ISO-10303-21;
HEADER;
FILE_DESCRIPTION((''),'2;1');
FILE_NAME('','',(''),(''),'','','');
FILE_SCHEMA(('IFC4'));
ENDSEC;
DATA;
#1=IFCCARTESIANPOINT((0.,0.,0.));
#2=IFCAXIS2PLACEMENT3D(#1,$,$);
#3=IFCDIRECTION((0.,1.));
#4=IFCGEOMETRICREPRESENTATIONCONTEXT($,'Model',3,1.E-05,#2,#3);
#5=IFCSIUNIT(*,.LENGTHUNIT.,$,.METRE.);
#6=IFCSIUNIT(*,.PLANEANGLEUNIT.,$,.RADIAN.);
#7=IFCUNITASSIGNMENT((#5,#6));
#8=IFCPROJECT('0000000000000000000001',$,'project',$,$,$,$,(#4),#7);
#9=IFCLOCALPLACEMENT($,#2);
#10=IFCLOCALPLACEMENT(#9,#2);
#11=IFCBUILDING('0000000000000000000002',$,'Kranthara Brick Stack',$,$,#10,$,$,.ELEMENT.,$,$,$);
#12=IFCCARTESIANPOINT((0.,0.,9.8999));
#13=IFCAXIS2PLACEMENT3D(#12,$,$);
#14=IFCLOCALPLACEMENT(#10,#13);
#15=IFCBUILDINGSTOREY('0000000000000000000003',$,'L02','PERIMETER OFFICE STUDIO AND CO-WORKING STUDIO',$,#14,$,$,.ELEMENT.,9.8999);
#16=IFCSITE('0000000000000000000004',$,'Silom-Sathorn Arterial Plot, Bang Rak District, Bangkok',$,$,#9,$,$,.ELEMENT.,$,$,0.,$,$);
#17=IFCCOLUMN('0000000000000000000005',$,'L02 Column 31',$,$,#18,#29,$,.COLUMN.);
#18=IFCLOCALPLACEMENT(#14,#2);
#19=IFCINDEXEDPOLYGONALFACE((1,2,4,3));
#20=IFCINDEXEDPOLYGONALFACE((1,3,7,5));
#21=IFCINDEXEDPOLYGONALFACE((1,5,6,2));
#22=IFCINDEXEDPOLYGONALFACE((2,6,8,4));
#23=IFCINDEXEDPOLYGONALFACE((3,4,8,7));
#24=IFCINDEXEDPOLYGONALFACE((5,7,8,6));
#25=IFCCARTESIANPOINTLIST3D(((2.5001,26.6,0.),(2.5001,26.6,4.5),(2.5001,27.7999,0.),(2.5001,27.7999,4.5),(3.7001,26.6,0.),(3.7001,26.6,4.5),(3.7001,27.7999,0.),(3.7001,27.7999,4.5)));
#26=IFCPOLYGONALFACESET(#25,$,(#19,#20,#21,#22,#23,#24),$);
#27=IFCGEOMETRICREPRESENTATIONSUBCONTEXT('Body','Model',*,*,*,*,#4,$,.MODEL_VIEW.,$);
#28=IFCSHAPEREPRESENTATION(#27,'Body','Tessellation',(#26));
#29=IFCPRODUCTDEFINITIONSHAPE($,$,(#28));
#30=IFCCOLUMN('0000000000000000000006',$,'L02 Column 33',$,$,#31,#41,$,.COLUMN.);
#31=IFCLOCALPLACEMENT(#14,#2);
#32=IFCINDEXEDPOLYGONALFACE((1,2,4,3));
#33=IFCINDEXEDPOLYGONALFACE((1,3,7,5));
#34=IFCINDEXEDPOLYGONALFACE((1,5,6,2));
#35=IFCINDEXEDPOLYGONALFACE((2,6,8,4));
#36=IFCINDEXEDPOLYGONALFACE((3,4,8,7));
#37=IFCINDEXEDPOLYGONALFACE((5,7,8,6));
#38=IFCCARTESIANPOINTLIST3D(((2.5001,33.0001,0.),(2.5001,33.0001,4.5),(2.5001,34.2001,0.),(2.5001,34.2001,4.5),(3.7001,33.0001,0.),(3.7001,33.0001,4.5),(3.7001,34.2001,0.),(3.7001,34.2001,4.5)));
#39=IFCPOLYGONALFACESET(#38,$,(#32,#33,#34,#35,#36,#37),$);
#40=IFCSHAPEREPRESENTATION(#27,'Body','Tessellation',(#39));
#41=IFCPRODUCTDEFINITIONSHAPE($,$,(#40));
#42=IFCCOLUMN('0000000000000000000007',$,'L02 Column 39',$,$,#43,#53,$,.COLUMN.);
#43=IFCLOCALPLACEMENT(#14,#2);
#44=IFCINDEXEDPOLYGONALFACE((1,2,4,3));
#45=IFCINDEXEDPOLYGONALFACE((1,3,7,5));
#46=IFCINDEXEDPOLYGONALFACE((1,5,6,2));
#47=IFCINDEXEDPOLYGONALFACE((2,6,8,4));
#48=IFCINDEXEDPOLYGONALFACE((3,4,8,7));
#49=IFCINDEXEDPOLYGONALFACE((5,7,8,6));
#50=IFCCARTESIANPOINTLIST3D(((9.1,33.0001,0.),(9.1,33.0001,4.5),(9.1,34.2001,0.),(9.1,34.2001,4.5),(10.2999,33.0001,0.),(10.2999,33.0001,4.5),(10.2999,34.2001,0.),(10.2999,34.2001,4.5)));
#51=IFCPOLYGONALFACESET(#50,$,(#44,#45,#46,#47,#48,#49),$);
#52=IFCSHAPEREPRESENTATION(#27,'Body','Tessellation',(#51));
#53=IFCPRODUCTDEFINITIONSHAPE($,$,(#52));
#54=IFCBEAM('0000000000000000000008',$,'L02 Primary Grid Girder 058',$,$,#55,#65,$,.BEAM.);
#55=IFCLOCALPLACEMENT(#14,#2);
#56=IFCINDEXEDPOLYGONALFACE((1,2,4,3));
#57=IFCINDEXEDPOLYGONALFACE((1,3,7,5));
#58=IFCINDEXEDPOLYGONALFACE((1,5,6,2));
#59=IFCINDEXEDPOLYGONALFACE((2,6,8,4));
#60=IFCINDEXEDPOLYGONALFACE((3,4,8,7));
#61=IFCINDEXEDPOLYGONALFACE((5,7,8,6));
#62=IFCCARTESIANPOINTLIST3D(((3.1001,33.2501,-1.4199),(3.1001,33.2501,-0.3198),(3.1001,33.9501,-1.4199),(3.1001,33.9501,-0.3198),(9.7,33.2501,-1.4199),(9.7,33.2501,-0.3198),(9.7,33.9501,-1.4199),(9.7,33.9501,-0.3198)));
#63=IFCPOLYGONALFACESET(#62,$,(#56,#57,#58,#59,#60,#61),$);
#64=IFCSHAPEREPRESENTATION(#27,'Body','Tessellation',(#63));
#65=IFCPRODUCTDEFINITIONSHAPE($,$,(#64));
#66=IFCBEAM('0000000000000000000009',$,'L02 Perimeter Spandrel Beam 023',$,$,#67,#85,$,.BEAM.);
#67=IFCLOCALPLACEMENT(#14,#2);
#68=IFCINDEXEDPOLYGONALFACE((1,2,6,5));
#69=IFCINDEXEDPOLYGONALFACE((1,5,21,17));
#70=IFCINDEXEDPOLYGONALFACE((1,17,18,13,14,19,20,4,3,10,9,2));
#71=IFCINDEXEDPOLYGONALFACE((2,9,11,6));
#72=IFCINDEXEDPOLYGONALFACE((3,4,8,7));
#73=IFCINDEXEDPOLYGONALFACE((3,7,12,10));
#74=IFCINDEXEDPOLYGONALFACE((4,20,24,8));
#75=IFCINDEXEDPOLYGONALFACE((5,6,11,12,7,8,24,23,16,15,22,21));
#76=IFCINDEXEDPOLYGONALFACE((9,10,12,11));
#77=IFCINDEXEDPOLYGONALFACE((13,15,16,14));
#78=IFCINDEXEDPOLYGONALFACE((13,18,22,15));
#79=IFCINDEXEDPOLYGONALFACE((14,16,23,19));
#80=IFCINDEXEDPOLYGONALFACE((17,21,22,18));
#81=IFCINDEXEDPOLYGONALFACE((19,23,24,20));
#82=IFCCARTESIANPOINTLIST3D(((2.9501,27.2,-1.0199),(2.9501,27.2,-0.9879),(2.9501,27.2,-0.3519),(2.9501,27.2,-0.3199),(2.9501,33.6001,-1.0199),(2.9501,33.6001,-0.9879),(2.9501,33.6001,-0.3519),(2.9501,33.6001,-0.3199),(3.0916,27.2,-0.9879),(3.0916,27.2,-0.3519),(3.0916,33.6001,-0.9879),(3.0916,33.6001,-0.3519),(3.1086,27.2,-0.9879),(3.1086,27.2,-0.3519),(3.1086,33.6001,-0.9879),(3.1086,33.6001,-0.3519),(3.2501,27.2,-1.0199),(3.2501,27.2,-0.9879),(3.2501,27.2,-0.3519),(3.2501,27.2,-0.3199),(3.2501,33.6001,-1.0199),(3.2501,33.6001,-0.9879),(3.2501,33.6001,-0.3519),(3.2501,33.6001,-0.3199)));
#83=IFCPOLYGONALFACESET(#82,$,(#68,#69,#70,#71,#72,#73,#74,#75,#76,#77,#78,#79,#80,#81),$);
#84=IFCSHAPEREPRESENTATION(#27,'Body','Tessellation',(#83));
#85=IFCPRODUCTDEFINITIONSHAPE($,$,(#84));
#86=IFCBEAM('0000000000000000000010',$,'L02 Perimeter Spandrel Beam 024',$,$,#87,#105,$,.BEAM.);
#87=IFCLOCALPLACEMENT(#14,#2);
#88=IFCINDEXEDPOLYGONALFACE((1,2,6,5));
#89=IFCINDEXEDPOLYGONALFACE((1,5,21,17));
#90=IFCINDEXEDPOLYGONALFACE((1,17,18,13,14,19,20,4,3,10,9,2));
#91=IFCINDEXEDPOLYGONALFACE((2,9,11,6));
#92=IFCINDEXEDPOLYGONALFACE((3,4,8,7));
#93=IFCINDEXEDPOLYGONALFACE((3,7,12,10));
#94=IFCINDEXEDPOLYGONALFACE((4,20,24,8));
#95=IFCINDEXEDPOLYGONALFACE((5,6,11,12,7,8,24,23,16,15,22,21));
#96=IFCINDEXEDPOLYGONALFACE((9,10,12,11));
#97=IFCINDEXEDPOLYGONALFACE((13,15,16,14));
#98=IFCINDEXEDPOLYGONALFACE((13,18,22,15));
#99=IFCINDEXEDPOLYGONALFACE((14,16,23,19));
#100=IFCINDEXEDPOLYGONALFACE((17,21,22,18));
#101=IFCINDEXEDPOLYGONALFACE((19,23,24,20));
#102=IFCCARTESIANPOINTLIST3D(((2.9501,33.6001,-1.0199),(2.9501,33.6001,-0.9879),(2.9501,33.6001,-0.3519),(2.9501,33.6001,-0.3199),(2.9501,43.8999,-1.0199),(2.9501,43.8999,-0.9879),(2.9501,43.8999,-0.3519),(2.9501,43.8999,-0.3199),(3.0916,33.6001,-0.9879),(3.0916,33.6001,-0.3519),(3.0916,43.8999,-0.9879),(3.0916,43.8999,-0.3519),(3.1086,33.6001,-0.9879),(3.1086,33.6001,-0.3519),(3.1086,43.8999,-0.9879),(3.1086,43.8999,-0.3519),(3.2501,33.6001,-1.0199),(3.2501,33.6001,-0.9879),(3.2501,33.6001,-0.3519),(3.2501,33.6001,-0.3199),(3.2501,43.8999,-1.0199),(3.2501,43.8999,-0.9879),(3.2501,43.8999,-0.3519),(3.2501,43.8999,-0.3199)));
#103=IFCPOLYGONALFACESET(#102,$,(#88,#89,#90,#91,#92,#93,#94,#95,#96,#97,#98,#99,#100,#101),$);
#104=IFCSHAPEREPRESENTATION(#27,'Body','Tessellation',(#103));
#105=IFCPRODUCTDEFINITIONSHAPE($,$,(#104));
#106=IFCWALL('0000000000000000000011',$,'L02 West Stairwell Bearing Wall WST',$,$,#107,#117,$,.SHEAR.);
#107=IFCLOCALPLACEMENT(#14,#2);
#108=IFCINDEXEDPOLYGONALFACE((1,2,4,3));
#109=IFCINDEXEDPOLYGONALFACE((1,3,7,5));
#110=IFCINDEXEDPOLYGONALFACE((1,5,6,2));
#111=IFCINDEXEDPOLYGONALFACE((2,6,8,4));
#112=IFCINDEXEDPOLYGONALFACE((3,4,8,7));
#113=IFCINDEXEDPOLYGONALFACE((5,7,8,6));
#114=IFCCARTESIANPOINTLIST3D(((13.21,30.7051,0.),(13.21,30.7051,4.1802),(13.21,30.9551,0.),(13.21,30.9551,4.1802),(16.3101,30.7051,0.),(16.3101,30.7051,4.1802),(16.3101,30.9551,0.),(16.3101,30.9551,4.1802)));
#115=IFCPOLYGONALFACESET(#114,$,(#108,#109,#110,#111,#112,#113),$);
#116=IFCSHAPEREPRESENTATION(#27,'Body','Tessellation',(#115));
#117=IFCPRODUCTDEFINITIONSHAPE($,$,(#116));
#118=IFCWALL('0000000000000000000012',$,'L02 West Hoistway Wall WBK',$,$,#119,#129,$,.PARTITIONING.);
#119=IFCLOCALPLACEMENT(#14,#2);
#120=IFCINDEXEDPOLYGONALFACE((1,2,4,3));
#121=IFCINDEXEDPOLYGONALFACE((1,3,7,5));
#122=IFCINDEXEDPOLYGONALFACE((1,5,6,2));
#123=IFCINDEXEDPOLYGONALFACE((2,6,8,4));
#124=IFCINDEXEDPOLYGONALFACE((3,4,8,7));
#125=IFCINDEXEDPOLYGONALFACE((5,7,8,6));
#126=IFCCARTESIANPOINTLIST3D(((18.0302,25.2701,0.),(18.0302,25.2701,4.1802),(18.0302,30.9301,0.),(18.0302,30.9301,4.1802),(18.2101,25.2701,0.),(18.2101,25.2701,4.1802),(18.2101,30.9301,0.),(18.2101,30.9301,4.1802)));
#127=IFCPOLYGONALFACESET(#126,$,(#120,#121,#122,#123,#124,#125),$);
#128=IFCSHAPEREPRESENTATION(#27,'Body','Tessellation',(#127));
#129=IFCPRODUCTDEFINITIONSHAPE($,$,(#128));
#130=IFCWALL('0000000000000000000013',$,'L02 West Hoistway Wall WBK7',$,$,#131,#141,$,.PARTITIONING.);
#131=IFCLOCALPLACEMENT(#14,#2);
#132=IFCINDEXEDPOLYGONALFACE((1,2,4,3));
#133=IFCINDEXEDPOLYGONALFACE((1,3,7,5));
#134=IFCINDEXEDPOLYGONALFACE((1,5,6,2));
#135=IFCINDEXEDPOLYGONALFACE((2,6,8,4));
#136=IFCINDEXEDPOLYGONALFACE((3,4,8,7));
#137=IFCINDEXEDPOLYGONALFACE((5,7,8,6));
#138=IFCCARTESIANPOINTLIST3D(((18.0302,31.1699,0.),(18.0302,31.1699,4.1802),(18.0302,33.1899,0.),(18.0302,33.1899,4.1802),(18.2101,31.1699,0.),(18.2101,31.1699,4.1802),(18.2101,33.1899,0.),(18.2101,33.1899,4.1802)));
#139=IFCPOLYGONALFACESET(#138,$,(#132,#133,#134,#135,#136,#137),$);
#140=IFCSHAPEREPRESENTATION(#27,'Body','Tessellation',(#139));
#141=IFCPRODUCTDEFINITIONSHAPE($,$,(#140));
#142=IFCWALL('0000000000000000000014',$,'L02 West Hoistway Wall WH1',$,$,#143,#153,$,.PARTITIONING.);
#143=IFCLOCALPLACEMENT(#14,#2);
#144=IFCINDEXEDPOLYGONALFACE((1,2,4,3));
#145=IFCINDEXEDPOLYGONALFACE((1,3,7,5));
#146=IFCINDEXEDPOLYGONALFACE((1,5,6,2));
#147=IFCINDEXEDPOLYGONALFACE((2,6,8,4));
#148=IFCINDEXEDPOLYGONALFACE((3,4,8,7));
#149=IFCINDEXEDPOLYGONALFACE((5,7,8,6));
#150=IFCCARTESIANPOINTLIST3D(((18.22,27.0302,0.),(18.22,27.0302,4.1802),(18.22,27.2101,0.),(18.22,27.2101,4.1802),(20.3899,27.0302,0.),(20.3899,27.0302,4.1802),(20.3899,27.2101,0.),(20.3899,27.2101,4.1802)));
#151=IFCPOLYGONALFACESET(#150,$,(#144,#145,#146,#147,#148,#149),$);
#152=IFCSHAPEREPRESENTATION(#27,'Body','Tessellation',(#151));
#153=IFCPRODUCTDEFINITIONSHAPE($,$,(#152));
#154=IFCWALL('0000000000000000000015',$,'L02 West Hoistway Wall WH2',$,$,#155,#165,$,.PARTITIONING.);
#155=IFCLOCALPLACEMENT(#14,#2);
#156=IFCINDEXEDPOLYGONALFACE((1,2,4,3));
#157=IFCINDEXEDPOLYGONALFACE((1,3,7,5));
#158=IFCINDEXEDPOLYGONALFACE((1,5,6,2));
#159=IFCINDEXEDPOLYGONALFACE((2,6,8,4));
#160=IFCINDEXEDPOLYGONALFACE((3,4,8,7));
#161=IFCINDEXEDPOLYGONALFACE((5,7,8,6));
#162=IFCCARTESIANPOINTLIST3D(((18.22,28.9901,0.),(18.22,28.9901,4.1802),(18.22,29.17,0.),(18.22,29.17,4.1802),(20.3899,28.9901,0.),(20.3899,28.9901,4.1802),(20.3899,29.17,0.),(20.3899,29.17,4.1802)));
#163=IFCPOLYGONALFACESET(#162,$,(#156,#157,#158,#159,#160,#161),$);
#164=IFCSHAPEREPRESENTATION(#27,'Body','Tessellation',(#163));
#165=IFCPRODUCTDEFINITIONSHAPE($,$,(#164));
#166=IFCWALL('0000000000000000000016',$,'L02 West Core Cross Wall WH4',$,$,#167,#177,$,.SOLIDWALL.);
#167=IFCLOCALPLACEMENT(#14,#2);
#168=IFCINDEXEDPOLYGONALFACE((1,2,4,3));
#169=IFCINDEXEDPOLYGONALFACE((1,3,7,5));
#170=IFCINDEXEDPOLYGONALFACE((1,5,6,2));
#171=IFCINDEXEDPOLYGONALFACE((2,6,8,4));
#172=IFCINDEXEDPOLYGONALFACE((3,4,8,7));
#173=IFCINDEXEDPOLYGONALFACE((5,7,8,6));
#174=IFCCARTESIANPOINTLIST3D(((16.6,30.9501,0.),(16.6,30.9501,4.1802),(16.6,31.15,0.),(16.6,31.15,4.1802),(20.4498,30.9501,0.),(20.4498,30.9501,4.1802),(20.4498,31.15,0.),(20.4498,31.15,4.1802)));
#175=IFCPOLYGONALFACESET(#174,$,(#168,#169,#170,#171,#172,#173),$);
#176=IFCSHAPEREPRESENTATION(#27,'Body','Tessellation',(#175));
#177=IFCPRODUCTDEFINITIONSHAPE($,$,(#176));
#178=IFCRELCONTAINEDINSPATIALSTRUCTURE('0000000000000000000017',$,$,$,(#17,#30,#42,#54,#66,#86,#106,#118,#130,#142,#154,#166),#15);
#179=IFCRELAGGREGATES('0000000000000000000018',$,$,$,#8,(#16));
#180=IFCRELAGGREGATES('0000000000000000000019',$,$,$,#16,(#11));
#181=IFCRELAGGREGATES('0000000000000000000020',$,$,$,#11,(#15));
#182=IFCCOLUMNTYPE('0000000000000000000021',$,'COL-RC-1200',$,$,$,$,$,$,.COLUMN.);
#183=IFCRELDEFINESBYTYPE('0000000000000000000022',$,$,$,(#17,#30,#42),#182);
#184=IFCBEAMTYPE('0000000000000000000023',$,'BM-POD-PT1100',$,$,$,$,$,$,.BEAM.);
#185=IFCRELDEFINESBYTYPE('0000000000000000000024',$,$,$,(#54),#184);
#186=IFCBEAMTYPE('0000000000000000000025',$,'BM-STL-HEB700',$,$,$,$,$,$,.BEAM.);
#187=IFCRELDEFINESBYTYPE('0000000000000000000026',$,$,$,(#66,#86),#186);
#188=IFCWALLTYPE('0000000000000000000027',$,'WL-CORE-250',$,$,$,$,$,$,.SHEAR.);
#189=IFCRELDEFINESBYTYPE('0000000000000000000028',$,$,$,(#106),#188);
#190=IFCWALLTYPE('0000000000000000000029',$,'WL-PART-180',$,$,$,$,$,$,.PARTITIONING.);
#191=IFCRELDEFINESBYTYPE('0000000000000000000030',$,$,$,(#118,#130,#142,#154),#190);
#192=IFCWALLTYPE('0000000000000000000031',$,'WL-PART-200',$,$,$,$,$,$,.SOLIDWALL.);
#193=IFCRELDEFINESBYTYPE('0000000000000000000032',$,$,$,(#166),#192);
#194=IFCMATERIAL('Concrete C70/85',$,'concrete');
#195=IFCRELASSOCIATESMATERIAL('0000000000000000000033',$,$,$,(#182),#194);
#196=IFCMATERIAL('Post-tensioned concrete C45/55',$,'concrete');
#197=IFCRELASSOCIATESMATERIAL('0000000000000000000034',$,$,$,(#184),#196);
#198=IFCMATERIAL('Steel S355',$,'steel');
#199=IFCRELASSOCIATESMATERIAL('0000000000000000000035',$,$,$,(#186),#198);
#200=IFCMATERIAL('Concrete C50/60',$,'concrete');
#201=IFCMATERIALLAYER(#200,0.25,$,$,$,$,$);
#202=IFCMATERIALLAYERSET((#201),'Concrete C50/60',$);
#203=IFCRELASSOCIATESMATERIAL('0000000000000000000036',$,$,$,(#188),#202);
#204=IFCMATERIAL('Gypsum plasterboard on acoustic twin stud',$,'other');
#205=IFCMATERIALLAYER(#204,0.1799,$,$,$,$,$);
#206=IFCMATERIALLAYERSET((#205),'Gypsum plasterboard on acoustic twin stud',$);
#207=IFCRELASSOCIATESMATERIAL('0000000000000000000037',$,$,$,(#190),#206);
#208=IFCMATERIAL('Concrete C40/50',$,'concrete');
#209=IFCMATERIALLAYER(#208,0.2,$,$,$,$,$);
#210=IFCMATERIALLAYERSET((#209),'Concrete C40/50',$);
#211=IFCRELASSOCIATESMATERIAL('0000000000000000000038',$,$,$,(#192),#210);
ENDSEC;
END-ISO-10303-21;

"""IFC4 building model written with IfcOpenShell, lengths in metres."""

from ifc_helpers import new_model, si_unit, direction, frame, frame_2d, origin, origin_2d, place, context, subcontext, project, spatial, rectangle, i_section, extrude, material, layer, layer_set, material_profile, profile_set, type_object, element, save


model = new_model("IFC4")

# Units and contexts
model_context = context("Model", 3, precision=1e-05, world=origin(), true_north=direction((0.0, 1.0)))
body_context = subcontext(model_context, "Body", "Model", "MODEL_VIEW")
ifc_project = project(units=[si_unit("LENGTHUNIT", "METRE"), si_unit("PLANEANGLEUNIT", "RADIAN")], contexts=[model_context])

# Site, building, storey
site_placement = place(None, origin())
site = spatial("IfcSite", under=ifc_project, at=site_placement, Name="Silom-Sathorn Arterial Plot, Bang Rak District, Bangkok", CompositionType="ELEMENT", RefElevation=0.0)
building_placement = place(site_placement, origin())
building = spatial("IfcBuilding", under=site, at=building_placement, Name="Kranthara Brick Stack", CompositionType="ELEMENT")
storey_placement = place(building_placement, frame((0.0, 0.0, 9.8999)))
storey = spatial("IfcBuildingStorey", under=building, at=storey_placement, Name="L02", Description="PERIMETER OFFICE STUDIO AND CO-WORKING STUDIO", CompositionType="ELEMENT", Elevation=9.8999)

# Columns
ifc_material_1 = material(Name="Concrete C70/85", Category="concrete")
ifc_material_profile_1 = material_profile(ifc_material_1, rectangle(XDim=1.2, YDim=1.2, at=origin_2d()), Name="RC 1200x1200")
ifc_profile_set_1 = profile_set([ifc_material_profile_1], Name="Concrete C70/85")
column_type = type_object("IfcColumnType", Name="COL-RC-1200", PredefinedType="COLUMN", material=ifc_profile_set_1)
for number, where, z_axis, x_axis, name in (
    (1, (3.1001, 27.2, 0.0), (0.0, 0.0, 1.0), (1.0, 0.0, 0.0), "L02 Column 31"),
    (2, (3.1001, 33.6001, 0.0), (0.0, 0.0, 1.0), (1.0, 0.0, 0.0), "L02 Column 33"),
    (3, (9.7, 33.6001, 0.0), (0.0, 0.0, 1.0), (1.0, 0.0, 0.0), "L02 Column 39"),
):
    element("IfcColumn", number, at=place(storey_placement, frame(where, z_axis=z_axis, x_axis=x_axis)), inside=storey, type_object=column_type, Name=name, PredefinedType="COLUMN", context=body_context, shape_type="SweptSolid", body=[
        extrude(rectangle(XDim=1.2, YDim=1.2, at=origin_2d()), origin(), (0.0, 0.0, 1.0), 4.5),
    ])

# Beams
ifc_material_2 = material(Name="Post-tensioned concrete C45/55", Category="concrete")
ifc_material_profile_2 = material_profile(ifc_material_2, rectangle(XDim=0.7, YDim=1.1001, at=origin_2d()), Name="PT 700x1100")
ifc_profile_set_2 = profile_set([ifc_material_profile_2], Name="Post-tensioned concrete C45/55")
beam_type_1 = type_object("IfcBeamType", Name="BM-POD-PT1100", PredefinedType="BEAM", material=ifc_profile_set_2)
beam_1_placement = place(storey_placement, frame((3.1001, 33.6001, -0.8699), z_axis=(1.0, 0.0, 0.0), x_axis=(0.0, 1.0, 0.0)))
element("IfcBeam", 4, at=beam_1_placement, inside=storey, type_object=beam_type_1, Name="L02 Primary Grid Girder 058", PredefinedType="BEAM", context=body_context, shape_type="SweptSolid", body=[
    extrude(rectangle(XDim=0.7, YDim=1.1001, at=origin_2d()), origin(), (0.0, 0.0, 1.0), 6.5999),
])
ifc_material_3 = material(Name="Steel S355", Category="steel")
ifc_material_profile_3 = material_profile(ifc_material_3, i_section(OverallWidth=0.3, OverallDepth=0.7, WebThickness=0.0171, FlangeThickness=0.032, at=origin_2d()), Name="HEB 700")
ifc_profile_set_3 = profile_set([ifc_material_profile_3], Name="Steel S355")
beam_type_2 = type_object("IfcBeamType", Name="BM-STL-HEB700", PredefinedType="BEAM", material=ifc_profile_set_3)
beam_2_placement = place(storey_placement, frame((3.1001, 27.2, -0.6699), z_axis=(0.0, 1.0, 0.0), x_axis=(-1.0, 0.0, 0.0)))
element("IfcBeam", 5, at=beam_2_placement, inside=storey, type_object=beam_type_2, Name="L02 Perimeter Spandrel Beam 023", PredefinedType="BEAM", context=body_context, shape_type="SweptSolid", body=[
    extrude(i_section(OverallWidth=0.3, OverallDepth=0.7, WebThickness=0.0171, FlangeThickness=0.032, at=origin_2d()), origin(), (0.0, 0.0, 1.0), 6.4001),
])
beam_3_placement = place(storey_placement, frame((3.1001, 33.6001, -0.6699), z_axis=(0.0, 1.0, 0.0), x_axis=(-1.0, 0.0, 0.0)))
element("IfcBeam", 6, at=beam_3_placement, inside=storey, type_object=beam_type_2, Name="L02 Perimeter Spandrel Beam 024", PredefinedType="BEAM", context=body_context, shape_type="SweptSolid", body=[
    extrude(i_section(OverallWidth=0.3, OverallDepth=0.7, WebThickness=0.0171, FlangeThickness=0.032, at=origin_2d()), origin(), (0.0, 0.0, 1.0), 10.2998),
])

# Walls
ifc_material_4 = material(Name="Concrete C50/60", Category="concrete")
ifc_layer_1 = layer(ifc_material_4, 0.25)
ifc_layer_set_1 = layer_set([ifc_layer_1], Name="Concrete C50/60")
wall_type_1 = type_object("IfcWallType", Name="WL-CORE-250", PredefinedType="SHEAR", material=ifc_layer_set_1)
wall_1_placement = place(storey_placement, frame((13.21, 30.8301, 0.0), z_axis=(0.0, 0.0, 1.0), x_axis=(1.0, 0.0, 0.0)))
element("IfcWall", 7, at=wall_1_placement, inside=storey, type_object=wall_type_1, Name="L02 West Stairwell Bearing Wall WST", PredefinedType="SHEAR", context=body_context, shape_type="SweptSolid", body=[
    extrude(rectangle(XDim=3.1001, YDim=0.25, at=frame_2d((1.55, 0.0))), origin(), (0.0, 0.0, 1.0), 4.1802),
])
ifc_material_5 = material(Name="Gypsum plasterboard on acoustic twin stud", Category="other")
ifc_layer_2 = layer(ifc_material_5, 0.1799)
ifc_layer_set_2 = layer_set([ifc_layer_2], Name="Gypsum plasterboard on acoustic twin stud")
wall_type_2 = type_object("IfcWallType", Name="WL-PART-180", PredefinedType="PARTITIONING", material=ifc_layer_set_2)
wall_2_placement = place(storey_placement, frame((18.1201, 25.27, 0.0), z_axis=(0.0, 0.0, 1.0), x_axis=(0.0, 1.0, 0.0)))
element("IfcWall", 8, at=wall_2_placement, inside=storey, type_object=wall_type_2, Name="L02 West Hoistway Wall WBK", PredefinedType="PARTITIONING", context=body_context, shape_type="SweptSolid", body=[
    extrude(rectangle(XDim=5.6599, YDim=0.1799, at=frame_2d((2.8301, 0.0))), origin(), (0.0, 0.0, 1.0), 4.1802),
])
wall_3_placement = place(storey_placement, frame((18.1201, 31.1699, 0.0), z_axis=(0.0, 0.0, 1.0), x_axis=(0.0, 1.0, 0.0)))
element("IfcWall", 9, at=wall_3_placement, inside=storey, type_object=wall_type_2, Name="L02 West Hoistway Wall WBK7", PredefinedType="PARTITIONING", context=body_context, shape_type="SweptSolid", body=[
    extrude(rectangle(XDim=2.02, YDim=0.1799, at=frame_2d((1.01, 0.0))), origin(), (0.0, 0.0, 1.0), 4.1802),
])
for number, where, z_axis, x_axis, name in (
    (10, (18.22, 27.1201, 0.0), (0.0, 0.0, 1.0), (1.0, 0.0, 0.0), "L02 West Hoistway Wall WH1"),
    (11, (18.22, 29.0801, 0.0), (0.0, 0.0, 1.0), (1.0, 0.0, 0.0), "L02 West Hoistway Wall WH2"),
):
    element("IfcWall", number, at=place(storey_placement, frame(where, z_axis=z_axis, x_axis=x_axis)), inside=storey, type_object=wall_type_2, Name=name, PredefinedType="PARTITIONING", context=body_context, shape_type="SweptSolid", body=[
        extrude(rectangle(XDim=2.1699, YDim=0.1799, at=frame_2d((1.085, 0.0))), origin(), (0.0, 0.0, 1.0), 4.1802),
    ])
ifc_material_6 = material(Name="Concrete C40/50", Category="concrete")
ifc_layer_3 = layer(ifc_material_6, 0.2)
ifc_layer_set_3 = layer_set([ifc_layer_3], Name="Concrete C40/50")
wall_type_3 = type_object("IfcWallType", Name="WL-PART-200", PredefinedType="SOLIDWALL", material=ifc_layer_set_3)
wall_4_placement = place(storey_placement, frame((16.6001, 31.05, 0.0), z_axis=(0.0, 0.0, 1.0), x_axis=(1.0, 0.0, 0.0)))
element("IfcWall", 12, at=wall_4_placement, inside=storey, type_object=wall_type_3, Name="L02 West Core Cross Wall WH4", PredefinedType="SOLIDWALL", context=body_context, shape_type="SweptSolid", body=[
    extrude(rectangle(XDim=3.8499, YDim=0.2, at=frame_2d((1.9248, 0.0))), origin(), (0.0, 0.0, 1.0), 4.1802),
])

save(model, "model.ifc")
